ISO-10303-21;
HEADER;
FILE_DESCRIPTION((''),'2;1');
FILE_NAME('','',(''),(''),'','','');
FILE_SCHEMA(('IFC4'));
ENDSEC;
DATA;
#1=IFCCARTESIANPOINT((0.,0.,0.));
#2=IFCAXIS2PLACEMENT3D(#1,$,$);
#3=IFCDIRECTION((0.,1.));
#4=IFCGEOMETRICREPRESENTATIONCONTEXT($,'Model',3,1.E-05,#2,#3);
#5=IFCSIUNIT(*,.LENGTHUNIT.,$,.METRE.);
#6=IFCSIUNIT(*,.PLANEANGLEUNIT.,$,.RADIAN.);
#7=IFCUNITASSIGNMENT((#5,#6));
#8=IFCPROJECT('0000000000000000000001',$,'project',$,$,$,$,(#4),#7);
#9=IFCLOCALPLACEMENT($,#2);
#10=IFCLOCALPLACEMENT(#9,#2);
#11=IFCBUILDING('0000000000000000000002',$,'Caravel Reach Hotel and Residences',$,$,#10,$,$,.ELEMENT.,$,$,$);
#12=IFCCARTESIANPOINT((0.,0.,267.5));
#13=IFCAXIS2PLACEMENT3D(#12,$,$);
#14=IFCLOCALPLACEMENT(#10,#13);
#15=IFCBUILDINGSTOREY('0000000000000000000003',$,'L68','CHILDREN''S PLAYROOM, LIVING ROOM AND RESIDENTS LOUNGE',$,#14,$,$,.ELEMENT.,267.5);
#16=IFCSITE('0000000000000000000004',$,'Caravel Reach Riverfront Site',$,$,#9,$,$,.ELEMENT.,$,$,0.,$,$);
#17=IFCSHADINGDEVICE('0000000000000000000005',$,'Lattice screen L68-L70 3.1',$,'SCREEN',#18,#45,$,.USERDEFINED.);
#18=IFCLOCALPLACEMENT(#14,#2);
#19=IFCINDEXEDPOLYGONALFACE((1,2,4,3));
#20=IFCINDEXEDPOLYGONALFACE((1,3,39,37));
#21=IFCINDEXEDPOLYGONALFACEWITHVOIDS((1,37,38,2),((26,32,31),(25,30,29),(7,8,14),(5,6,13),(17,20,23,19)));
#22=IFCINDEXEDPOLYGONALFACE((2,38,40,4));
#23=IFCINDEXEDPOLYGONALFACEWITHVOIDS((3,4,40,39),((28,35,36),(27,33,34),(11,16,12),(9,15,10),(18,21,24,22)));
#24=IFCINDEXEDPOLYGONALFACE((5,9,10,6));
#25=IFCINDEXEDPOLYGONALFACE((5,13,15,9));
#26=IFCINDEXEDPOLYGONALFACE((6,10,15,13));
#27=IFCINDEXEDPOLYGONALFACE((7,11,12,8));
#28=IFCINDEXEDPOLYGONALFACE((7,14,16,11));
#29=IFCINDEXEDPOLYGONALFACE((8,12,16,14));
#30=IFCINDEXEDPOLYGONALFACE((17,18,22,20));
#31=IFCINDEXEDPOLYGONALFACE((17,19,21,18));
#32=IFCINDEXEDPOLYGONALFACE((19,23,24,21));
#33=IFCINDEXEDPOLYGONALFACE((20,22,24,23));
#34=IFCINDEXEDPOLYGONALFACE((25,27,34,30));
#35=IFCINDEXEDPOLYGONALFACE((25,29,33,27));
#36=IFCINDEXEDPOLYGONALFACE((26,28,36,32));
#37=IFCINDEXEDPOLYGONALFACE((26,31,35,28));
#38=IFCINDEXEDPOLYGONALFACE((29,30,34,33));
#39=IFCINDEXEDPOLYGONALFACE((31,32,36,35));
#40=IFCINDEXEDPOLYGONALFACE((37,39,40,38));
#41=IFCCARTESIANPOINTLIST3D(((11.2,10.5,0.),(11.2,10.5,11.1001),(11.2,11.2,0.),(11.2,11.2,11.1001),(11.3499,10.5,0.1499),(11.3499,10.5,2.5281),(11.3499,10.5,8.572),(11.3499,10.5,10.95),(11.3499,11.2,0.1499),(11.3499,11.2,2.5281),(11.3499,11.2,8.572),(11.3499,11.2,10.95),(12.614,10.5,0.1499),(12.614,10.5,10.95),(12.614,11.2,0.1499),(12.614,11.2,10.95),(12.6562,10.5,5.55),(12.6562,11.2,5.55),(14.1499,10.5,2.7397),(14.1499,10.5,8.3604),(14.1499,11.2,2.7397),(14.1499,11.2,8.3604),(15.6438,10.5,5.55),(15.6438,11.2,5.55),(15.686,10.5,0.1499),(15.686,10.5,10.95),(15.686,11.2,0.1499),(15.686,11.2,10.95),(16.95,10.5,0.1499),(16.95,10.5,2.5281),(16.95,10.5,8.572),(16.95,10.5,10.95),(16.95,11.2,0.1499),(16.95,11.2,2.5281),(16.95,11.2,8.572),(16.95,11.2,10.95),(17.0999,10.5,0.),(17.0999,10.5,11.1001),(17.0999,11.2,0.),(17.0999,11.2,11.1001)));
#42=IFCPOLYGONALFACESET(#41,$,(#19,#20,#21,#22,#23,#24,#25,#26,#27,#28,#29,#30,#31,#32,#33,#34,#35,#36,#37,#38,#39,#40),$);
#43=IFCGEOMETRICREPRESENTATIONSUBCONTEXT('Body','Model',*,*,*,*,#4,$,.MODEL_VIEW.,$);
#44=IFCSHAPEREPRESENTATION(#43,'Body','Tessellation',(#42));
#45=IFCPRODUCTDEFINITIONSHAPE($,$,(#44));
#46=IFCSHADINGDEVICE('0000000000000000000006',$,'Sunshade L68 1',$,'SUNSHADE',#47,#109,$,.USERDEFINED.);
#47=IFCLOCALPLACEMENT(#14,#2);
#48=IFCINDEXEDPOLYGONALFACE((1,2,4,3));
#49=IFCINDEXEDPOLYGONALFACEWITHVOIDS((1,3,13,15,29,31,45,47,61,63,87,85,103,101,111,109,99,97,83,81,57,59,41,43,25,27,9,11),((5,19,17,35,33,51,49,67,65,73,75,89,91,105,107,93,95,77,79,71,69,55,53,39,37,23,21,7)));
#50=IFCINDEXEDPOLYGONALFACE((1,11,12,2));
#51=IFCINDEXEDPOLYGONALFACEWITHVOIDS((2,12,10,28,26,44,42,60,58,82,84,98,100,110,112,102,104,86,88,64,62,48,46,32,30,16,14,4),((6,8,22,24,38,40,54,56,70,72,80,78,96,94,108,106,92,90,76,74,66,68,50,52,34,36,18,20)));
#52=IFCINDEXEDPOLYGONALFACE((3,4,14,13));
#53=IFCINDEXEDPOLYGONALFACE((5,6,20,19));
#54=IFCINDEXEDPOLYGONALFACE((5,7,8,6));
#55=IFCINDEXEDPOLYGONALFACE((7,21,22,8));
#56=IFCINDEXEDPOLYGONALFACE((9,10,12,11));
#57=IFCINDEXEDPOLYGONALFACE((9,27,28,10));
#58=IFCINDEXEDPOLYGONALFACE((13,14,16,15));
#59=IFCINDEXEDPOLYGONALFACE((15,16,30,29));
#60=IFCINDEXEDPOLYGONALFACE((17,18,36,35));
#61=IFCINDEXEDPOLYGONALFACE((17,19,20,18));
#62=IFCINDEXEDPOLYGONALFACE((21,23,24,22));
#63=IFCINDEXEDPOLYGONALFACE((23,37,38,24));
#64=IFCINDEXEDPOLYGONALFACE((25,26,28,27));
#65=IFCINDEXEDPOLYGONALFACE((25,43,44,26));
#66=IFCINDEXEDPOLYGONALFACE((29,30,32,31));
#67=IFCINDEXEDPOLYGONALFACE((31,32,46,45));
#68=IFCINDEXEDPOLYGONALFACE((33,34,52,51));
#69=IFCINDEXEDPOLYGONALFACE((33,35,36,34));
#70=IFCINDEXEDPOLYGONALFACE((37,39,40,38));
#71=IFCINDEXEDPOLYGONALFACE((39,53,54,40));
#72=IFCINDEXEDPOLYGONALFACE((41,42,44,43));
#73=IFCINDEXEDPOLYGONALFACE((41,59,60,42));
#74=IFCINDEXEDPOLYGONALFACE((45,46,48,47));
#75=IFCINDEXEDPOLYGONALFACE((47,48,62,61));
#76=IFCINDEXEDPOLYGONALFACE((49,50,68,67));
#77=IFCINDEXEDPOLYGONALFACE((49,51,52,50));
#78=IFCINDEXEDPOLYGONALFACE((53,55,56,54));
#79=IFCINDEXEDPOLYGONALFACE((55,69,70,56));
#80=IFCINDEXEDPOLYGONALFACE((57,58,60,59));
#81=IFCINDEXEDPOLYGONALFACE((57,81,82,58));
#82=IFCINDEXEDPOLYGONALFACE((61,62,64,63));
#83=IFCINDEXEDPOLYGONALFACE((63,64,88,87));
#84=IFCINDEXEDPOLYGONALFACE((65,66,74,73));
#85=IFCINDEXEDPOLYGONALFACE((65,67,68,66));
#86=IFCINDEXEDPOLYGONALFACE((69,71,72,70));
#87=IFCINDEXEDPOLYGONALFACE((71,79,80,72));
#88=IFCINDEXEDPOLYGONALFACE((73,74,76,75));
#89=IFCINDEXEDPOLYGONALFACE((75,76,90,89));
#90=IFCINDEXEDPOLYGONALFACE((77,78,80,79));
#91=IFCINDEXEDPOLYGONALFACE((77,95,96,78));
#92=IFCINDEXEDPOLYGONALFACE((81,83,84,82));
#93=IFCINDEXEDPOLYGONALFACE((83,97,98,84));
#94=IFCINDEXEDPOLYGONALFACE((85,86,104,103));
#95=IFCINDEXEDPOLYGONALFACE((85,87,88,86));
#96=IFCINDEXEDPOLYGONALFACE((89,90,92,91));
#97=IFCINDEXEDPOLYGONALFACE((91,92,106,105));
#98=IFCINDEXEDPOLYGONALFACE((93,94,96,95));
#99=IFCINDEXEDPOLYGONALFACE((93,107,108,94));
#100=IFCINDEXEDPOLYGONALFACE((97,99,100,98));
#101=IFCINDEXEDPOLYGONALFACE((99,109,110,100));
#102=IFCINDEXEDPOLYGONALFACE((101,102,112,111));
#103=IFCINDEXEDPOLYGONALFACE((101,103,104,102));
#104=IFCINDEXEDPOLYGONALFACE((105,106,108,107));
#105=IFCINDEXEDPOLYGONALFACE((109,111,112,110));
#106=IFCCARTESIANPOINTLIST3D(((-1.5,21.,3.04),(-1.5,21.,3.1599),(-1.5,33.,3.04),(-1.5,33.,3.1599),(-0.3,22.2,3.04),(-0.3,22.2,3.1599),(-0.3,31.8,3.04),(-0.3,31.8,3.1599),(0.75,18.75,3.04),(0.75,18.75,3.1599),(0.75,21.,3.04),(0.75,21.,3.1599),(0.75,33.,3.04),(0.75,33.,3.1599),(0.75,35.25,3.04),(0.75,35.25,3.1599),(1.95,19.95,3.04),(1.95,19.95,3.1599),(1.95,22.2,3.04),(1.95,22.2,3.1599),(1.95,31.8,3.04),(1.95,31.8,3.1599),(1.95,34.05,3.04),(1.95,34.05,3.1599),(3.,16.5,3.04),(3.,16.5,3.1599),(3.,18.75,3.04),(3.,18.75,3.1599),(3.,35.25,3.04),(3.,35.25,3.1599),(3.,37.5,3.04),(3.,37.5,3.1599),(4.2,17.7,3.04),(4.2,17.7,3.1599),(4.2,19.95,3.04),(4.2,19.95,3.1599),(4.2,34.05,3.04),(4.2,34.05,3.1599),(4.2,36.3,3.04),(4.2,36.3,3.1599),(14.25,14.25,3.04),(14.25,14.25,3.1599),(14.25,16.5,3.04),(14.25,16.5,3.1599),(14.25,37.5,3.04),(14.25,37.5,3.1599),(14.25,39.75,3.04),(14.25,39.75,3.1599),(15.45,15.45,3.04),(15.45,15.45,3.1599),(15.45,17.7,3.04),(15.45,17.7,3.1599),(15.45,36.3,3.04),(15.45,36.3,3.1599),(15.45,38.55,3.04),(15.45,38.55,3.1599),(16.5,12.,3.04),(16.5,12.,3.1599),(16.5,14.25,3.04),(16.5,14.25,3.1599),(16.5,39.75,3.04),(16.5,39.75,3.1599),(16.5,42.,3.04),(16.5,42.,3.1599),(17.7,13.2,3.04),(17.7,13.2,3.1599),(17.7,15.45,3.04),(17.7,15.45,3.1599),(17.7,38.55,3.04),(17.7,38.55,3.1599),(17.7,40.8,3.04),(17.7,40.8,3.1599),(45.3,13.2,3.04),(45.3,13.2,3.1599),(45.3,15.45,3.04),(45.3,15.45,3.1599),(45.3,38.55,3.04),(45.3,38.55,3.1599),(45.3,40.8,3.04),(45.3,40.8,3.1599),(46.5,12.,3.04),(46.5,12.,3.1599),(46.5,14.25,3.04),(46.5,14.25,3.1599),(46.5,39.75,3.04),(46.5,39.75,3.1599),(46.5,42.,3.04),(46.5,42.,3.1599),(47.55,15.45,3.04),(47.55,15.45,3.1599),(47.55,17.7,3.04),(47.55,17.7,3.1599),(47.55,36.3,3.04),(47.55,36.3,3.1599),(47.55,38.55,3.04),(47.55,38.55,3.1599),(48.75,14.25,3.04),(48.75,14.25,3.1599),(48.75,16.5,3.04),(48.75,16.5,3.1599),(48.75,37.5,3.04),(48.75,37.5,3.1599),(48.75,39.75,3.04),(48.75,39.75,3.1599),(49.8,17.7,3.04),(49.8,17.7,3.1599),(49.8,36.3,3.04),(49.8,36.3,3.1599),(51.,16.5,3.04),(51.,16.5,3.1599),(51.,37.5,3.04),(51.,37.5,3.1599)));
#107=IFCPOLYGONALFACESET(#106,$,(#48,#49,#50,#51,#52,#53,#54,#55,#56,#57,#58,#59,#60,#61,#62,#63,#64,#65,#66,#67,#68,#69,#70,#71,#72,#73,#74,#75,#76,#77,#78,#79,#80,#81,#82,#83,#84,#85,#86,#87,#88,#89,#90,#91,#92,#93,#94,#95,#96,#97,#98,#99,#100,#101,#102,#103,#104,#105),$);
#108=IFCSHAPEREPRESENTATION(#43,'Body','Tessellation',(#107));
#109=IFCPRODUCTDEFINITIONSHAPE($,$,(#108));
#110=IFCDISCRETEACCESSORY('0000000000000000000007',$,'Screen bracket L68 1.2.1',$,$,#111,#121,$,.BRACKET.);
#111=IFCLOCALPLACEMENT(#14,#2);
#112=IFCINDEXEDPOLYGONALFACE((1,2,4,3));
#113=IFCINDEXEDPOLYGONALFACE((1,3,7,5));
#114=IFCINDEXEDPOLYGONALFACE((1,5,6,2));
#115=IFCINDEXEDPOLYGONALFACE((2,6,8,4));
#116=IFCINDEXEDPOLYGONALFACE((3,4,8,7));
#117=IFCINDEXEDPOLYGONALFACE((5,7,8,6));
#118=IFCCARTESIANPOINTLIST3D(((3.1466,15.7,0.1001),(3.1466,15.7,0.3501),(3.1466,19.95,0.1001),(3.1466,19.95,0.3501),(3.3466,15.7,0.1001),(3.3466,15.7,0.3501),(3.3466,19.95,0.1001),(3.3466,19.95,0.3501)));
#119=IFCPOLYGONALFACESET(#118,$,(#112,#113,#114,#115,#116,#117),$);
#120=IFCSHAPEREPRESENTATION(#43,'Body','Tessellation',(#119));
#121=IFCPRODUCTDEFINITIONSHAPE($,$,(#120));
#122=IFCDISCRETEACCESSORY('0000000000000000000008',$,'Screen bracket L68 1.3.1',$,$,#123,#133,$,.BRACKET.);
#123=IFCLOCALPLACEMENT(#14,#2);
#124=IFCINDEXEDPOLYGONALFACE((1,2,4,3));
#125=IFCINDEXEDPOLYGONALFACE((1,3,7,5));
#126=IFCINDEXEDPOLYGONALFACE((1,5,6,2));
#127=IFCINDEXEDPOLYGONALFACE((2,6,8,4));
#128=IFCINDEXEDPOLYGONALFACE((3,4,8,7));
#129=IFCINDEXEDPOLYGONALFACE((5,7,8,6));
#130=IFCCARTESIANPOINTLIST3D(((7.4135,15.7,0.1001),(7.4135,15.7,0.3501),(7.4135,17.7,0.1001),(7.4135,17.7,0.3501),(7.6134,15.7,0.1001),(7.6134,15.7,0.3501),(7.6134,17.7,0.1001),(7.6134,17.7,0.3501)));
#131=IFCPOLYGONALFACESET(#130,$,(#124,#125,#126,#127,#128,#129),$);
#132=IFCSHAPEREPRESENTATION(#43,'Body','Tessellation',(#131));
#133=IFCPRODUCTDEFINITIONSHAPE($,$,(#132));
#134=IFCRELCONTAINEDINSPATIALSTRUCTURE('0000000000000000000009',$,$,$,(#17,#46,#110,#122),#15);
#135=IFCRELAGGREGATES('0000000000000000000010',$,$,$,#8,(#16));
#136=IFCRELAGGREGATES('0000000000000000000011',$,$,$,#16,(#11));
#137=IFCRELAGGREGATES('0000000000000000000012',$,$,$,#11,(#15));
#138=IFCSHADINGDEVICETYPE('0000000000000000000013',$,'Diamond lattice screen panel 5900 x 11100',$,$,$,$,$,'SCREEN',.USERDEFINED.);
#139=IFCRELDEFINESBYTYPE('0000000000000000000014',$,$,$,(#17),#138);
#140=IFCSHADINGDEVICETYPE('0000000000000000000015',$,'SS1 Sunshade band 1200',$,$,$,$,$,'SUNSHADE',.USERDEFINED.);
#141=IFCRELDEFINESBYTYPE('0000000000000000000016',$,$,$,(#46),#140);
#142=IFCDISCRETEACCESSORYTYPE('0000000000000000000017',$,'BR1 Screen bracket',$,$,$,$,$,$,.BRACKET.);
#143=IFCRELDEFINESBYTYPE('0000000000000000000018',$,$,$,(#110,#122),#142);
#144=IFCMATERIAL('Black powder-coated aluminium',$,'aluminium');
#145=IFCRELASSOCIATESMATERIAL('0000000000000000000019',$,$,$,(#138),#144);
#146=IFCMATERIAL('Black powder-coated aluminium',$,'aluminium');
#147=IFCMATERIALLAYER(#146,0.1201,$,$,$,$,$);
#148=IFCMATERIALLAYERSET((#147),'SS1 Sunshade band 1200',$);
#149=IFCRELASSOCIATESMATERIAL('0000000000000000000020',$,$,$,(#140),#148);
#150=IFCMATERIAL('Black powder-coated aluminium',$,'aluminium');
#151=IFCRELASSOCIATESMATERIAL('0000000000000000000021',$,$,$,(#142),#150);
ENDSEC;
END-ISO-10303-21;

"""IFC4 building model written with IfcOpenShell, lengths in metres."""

from ifc_helpers import new_model, si_unit, direction, frame, origin, origin_2d, place, context, subcontext, project, spatial, polyline, rectangle, outline, extrude, material, layer, layer_set, type_object, element, save


model = new_model("IFC4")

# Units and contexts
model_context = context("Model", 3, precision=1e-05, world=origin(), true_north=direction((0.0, 1.0)))
body_context = subcontext(model_context, "Body", "Model", "MODEL_VIEW")
ifc_project = project(units=[si_unit("LENGTHUNIT", "METRE"), si_unit("PLANEANGLEUNIT", "RADIAN")], contexts=[model_context])

# Site, building, storey
site_placement = place(None, origin())
site = spatial("IfcSite", under=ifc_project, at=site_placement, Name="Caravel Reach Riverfront Site", CompositionType="ELEMENT", RefElevation=0.0)
building_placement = place(site_placement, origin())
building = spatial("IfcBuilding", under=site, at=building_placement, Name="Caravel Reach Hotel and Residences", CompositionType="ELEMENT")
storey_placement = place(building_placement, frame((0.0, 0.0, 267.5)))
storey = spatial("IfcBuildingStorey", under=building, at=storey_placement, Name="L68", Description="CHILDREN'S PLAYROOM, LIVING ROOM AND RESIDENTS LOUNGE", CompositionType="ELEMENT", Elevation=267.5)

# Shading devices
ifc_material_1 = material(Name="Black powder-coated aluminium", Category="aluminium")
shading_device_type_1 = type_object("IfcShadingDeviceType", Name="Diamond lattice screen panel 5900 x 11100", ElementType="SCREEN", PredefinedType="USERDEFINED", material=ifc_material_1)
shading_device_1_placement = place(storey_placement, frame((11.2, 11.2, 0.0), z_axis=(0.0, -1.0, 0.0), x_axis=(1.0, 0.0, 0.0)))
element("IfcShadingDevice", 1, at=shading_device_1_placement, inside=storey, type_object=shading_device_type_1, Name="Lattice screen L68-L70 3.1", ObjectType="SCREEN", PredefinedType="USERDEFINED", context=body_context, shape_type="SweptSolid", body=[
    extrude(outline(polyline([(0.0, 0.0), (5.8999, 0.0), (5.8999, 11.1001), (0.0, 11.1001), (0.0, 0.0)]), holes=[polyline([(1.4141, 0.1499), (0.1499, 2.5281), (0.1499, 0.1499), (1.4141, 0.1499)]), polyline([(0.1499, 8.572), (1.4141, 10.95), (0.1499, 10.95), (0.1499, 8.572)]), polyline([(2.95, 8.3604), (1.4563, 5.55), (2.95, 2.7397), (4.4438, 5.55), (2.95, 8.3604)]), polyline([(5.75, 2.5281), (4.4861, 0.1499), (5.75, 0.1499), (5.75, 2.5281)]), polyline([(4.4861, 10.95), (5.75, 8.572), (5.75, 10.95), (4.4861, 10.95)])]), origin(), (0.0, 0.0, 1.0), 0.7),
])
ifc_material_2 = material(Name="Black powder-coated aluminium", Category="aluminium")
ifc_layer_1 = layer(ifc_material_2, 0.1201)
ifc_layer_set_1 = layer_set([ifc_layer_1], Name="SS1 Sunshade band 1200")
shading_device_type_2 = type_object("IfcShadingDeviceType", Name="SS1 Sunshade band 1200", ElementType="SUNSHADE", PredefinedType="USERDEFINED", material=ifc_layer_set_1)
shading_device_2_placement = place(storey_placement, frame((0.0, 0.0, 3.04)))
element("IfcShadingDevice", 2, at=shading_device_2_placement, inside=storey, type_object=shading_device_type_2, Name="Sunshade L68 1", ObjectType="SUNSHADE", PredefinedType="USERDEFINED", context=body_context, shape_type="SweptSolid", body=[
    extrude(outline(polyline([(3.0, 16.5), (14.25, 16.5), (14.25, 14.25), (16.5, 14.25), (16.5, 12.0), (46.5, 12.0), (46.5, 14.25), (48.75, 14.25), (48.75, 16.5), (51.0, 16.5), (51.0, 37.5), (48.75, 37.5), (48.75, 39.75), (46.5, 39.75), (46.5, 42.0), (16.5, 42.0), (16.5, 39.75), (14.25, 39.75), (14.25, 37.5), (3.0, 37.5), (3.0, 35.25), (0.75, 35.25), (0.75, 33.0), (-1.5, 33.0), (-1.5, 21.0), (0.75, 21.0), (0.75, 18.75), (3.0, 18.75), (3.0, 16.5)]), holes=[polyline([(15.45, 15.45), (15.45, 17.7), (4.2, 17.7), (4.2, 19.95), (1.95, 19.95), (1.95, 22.2), (-0.3, 22.2), (-0.3, 31.8), (1.95, 31.8), (1.95, 34.05), (4.2, 34.05), (4.2, 36.3), (15.45, 36.3), (15.45, 38.55), (17.7, 38.55), (17.7, 40.8), (45.3, 40.8), (45.3, 38.55), (47.55, 38.55), (47.55, 36.3), (49.8, 36.3), (49.8, 17.7), (47.55, 17.7), (47.55, 15.45), (45.3, 15.45), (45.3, 13.2), (17.7, 13.2), (17.7, 15.45), (15.45, 15.45)])]), origin(), (0.0, 0.0, 1.0), 0.1199),
])

# Discrete accessories
ifc_material_3 = material(Name="Black powder-coated aluminium", Category="aluminium")
discrete_accessory_type = type_object("IfcDiscreteAccessoryType", Name="BR1 Screen bracket", PredefinedType="BRACKET", material=ifc_material_3)
discrete_accessory_1_placement = place(storey_placement, frame((3.2466, 17.825, 0.1001), z_axis=(0.0, 0.0, 1.0), x_axis=(0.0, -1.0, 0.0)))
element("IfcDiscreteAccessory", 3, at=discrete_accessory_1_placement, inside=storey, type_object=discrete_accessory_type, Name="Screen bracket L68 1.2.1", PredefinedType="BRACKET", context=body_context, shape_type="SweptSolid", body=[
    extrude(rectangle(XDim=4.25, YDim=0.2, at=origin_2d()), origin(), (0.0, 0.0, 1.0), 0.25),
])
discrete_accessory_2_placement = place(storey_placement, frame((7.5134, 16.7, 0.1001), z_axis=(0.0, 0.0, 1.0), x_axis=(0.0, -1.0, 0.0)))
element("IfcDiscreteAccessory", 4, at=discrete_accessory_2_placement, inside=storey, type_object=discrete_accessory_type, Name="Screen bracket L68 1.3.1", PredefinedType="BRACKET", context=body_context, shape_type="SweptSolid", body=[
    extrude(rectangle(XDim=2.0, YDim=0.2, at=origin_2d()), origin(), (0.0, 0.0, 1.0), 0.25),
])

save(model, "model.ifc")
